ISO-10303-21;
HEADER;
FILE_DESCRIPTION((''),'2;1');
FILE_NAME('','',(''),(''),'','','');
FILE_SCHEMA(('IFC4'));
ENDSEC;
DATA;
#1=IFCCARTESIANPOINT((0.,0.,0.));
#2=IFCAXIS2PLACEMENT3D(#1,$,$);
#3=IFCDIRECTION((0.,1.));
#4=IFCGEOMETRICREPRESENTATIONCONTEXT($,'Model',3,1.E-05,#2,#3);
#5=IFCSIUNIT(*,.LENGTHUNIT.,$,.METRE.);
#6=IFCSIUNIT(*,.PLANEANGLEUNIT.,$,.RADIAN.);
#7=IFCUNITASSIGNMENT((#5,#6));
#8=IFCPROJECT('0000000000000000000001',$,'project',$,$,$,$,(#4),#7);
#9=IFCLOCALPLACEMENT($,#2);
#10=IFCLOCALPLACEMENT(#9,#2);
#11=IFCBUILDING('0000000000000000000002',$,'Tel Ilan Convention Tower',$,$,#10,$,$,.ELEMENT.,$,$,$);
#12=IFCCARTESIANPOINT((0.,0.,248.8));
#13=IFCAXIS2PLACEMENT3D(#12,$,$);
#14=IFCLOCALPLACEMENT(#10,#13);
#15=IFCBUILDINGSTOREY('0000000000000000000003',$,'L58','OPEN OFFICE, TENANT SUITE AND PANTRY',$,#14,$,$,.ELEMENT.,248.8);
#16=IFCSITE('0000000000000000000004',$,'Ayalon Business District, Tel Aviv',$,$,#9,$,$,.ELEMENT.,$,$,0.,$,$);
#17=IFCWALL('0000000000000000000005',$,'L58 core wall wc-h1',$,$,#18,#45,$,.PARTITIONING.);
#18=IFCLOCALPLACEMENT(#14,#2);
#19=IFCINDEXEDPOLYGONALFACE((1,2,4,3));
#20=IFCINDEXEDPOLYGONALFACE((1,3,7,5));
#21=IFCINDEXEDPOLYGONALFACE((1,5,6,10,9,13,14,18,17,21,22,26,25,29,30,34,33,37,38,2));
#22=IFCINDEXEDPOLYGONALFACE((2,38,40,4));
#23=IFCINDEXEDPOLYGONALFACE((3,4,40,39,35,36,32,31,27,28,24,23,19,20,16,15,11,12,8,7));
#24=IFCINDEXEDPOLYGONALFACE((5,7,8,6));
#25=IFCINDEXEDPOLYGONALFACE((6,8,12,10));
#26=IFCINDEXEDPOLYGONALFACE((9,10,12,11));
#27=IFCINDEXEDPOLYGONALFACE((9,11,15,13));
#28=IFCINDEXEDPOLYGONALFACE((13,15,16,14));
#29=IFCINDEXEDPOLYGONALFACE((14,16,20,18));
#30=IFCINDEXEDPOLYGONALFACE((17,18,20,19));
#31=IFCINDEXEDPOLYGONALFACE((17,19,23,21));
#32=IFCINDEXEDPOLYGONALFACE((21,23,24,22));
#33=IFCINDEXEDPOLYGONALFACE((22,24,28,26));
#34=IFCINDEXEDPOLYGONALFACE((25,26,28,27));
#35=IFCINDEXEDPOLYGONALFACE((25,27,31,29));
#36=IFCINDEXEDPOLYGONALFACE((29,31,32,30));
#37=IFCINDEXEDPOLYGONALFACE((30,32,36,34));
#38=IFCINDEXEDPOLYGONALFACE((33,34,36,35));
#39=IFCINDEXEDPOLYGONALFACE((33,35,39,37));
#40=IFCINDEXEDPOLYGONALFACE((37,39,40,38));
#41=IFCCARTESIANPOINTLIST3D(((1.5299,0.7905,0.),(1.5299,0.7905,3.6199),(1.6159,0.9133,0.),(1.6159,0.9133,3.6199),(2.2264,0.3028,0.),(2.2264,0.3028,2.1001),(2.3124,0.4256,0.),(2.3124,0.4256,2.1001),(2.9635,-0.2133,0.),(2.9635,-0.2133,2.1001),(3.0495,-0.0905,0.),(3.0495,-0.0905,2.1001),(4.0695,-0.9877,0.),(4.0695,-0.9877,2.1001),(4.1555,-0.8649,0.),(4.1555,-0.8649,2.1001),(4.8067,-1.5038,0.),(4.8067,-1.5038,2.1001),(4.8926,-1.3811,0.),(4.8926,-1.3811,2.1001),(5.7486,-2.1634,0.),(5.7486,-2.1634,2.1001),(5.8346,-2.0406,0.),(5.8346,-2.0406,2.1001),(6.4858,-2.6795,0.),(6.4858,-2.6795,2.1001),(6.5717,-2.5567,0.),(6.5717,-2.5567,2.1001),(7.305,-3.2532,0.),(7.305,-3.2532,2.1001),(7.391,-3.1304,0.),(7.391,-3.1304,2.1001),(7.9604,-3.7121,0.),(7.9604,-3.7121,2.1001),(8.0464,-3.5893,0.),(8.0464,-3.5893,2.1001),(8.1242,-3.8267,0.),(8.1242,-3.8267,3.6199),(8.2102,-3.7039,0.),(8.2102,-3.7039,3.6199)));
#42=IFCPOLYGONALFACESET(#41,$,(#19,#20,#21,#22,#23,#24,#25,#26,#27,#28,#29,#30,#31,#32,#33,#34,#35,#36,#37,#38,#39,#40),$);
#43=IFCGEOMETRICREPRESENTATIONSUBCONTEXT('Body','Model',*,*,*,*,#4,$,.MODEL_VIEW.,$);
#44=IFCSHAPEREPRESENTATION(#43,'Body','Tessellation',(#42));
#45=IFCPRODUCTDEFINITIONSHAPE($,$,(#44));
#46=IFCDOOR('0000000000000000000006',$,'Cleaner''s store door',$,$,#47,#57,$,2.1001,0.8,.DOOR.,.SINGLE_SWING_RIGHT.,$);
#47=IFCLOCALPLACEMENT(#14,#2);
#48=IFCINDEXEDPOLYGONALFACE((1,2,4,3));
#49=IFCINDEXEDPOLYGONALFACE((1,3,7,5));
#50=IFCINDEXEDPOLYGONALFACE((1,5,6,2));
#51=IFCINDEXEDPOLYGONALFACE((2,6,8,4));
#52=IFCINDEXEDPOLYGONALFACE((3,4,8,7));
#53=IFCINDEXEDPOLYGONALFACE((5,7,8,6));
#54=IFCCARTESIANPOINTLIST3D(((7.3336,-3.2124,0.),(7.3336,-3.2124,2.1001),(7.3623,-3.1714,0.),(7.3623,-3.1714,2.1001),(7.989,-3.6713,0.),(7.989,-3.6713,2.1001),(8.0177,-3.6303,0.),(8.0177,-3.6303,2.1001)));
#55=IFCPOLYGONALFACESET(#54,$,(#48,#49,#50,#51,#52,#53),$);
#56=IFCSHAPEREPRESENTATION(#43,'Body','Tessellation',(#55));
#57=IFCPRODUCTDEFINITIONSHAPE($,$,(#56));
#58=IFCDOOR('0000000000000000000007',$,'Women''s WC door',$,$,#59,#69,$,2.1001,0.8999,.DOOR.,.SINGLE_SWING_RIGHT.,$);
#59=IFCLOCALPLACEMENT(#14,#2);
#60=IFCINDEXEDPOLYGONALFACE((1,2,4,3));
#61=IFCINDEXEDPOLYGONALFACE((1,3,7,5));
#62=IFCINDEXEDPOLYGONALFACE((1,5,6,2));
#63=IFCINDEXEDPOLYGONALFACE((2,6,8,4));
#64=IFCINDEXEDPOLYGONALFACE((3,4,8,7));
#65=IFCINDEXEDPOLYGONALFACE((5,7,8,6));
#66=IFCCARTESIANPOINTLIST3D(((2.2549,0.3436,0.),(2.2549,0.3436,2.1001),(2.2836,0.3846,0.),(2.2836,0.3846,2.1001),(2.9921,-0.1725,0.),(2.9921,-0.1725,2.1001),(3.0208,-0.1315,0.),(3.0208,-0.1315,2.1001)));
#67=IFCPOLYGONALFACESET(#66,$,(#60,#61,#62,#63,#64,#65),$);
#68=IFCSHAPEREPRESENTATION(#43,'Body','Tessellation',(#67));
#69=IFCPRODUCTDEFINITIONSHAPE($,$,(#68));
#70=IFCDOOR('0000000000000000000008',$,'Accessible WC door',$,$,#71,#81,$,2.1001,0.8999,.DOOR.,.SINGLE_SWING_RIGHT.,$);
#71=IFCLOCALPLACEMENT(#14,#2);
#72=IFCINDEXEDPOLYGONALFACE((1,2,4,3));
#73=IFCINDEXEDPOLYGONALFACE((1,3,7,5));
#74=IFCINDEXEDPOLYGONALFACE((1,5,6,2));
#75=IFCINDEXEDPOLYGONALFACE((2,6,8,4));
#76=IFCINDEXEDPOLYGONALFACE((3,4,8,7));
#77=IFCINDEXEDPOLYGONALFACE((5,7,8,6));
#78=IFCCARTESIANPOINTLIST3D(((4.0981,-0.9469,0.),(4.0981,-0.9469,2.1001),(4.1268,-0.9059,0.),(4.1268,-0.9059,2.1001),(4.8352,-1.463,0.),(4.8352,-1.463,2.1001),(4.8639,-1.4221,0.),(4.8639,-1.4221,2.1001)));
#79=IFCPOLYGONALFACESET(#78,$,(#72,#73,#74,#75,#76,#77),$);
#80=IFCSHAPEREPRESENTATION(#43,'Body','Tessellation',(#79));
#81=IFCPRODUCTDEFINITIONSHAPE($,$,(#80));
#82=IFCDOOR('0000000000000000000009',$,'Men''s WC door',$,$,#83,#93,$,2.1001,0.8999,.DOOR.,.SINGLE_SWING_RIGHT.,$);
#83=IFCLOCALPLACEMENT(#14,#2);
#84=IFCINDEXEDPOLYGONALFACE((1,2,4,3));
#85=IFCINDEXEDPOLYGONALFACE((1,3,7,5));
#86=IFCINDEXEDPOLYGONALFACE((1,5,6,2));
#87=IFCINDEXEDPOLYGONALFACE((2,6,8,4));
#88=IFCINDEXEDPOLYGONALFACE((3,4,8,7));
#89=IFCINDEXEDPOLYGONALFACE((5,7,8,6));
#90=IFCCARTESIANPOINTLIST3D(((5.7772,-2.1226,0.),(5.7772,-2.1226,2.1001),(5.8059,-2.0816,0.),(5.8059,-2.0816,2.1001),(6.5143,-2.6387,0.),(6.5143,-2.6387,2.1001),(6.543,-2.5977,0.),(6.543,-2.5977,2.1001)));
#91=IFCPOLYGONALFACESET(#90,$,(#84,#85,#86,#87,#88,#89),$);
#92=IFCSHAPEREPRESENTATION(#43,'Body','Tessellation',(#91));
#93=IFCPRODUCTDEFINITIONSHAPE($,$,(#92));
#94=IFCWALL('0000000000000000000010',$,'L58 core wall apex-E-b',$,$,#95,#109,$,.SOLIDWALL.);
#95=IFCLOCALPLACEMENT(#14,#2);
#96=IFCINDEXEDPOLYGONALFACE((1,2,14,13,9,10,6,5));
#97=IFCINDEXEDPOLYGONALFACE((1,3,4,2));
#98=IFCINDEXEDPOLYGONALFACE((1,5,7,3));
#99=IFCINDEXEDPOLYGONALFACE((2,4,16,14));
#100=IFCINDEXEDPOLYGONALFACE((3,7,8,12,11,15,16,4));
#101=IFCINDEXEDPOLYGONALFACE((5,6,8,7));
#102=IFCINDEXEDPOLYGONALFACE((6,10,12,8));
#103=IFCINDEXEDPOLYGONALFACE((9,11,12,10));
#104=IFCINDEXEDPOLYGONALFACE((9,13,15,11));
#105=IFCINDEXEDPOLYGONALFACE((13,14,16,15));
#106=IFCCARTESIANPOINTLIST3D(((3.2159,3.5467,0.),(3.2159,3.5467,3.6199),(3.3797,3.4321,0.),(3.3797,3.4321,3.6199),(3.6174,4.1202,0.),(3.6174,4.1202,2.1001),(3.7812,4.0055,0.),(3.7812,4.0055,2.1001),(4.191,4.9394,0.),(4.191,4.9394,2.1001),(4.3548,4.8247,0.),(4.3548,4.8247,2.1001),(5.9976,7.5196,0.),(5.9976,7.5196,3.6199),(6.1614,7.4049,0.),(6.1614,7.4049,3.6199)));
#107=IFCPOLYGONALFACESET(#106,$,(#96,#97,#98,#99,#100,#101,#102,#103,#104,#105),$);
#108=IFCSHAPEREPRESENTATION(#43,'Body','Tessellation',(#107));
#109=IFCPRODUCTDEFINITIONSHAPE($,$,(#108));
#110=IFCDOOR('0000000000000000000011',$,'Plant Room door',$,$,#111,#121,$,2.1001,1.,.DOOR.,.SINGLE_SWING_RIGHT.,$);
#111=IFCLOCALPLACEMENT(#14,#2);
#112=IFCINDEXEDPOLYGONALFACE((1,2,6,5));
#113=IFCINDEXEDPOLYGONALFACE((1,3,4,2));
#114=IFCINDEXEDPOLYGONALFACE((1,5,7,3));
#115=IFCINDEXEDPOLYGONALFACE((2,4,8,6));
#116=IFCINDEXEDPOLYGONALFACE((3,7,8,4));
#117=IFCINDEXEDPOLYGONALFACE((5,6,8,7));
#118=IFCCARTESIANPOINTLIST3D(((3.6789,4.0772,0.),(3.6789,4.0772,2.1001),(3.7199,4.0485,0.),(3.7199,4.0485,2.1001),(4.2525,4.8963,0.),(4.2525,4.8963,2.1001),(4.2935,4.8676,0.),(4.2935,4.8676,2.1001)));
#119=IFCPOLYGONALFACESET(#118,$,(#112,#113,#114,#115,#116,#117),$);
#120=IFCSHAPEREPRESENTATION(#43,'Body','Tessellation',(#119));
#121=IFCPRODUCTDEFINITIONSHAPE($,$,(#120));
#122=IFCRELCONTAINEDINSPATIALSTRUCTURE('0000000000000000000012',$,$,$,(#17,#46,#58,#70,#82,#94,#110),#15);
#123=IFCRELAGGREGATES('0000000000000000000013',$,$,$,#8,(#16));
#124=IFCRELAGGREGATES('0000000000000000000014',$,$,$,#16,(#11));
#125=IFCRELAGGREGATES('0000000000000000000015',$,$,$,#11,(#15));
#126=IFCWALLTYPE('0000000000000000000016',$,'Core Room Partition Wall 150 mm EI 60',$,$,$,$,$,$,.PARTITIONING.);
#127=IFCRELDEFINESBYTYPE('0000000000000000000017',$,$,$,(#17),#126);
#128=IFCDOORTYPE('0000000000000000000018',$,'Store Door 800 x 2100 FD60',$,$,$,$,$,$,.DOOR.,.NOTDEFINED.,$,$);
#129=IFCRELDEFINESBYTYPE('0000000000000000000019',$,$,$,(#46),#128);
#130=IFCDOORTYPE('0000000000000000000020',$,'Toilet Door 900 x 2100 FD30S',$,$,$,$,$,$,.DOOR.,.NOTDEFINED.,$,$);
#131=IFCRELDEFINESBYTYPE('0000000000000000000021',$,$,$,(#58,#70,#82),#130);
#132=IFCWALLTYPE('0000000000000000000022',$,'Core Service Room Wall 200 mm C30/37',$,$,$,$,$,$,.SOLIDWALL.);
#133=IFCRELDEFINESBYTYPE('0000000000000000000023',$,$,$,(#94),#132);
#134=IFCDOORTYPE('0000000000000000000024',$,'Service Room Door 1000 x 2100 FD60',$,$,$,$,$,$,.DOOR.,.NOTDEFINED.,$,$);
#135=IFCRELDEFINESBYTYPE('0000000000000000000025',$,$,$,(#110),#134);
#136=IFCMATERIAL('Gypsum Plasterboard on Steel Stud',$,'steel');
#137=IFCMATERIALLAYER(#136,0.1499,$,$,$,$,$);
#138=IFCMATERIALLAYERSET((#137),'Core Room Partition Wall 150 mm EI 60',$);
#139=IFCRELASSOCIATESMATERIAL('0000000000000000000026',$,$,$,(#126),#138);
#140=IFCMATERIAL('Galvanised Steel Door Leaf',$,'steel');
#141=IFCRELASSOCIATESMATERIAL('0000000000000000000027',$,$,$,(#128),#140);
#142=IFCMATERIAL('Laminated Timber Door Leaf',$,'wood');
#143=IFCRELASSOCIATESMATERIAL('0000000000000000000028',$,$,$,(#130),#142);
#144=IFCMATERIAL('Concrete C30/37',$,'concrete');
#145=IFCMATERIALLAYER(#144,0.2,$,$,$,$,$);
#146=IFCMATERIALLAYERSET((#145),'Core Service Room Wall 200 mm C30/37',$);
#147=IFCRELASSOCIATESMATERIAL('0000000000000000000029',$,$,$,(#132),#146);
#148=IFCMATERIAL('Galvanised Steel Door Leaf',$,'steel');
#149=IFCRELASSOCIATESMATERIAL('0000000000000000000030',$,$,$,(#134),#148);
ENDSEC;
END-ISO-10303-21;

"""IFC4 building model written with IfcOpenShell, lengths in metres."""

from ifc_helpers import new_model, si_unit, direction, frame, frame_2d, origin, place, context, subcontext, project, spatial, rectangle, extrude, material, layer, layer_set, type_object, element, fill, save


model = new_model("IFC4")

# Units and contexts
model_context = context("Model", 3, precision=1e-05, world=origin(), true_north=direction((0.0, 1.0)))
body_context = subcontext(model_context, "Body", "Model", "MODEL_VIEW")
ifc_project = project(units=[si_unit("LENGTHUNIT", "METRE"), si_unit("PLANEANGLEUNIT", "RADIAN")], contexts=[model_context])

# Site, building, storey
site_placement = place(None, origin())
site = spatial("IfcSite", under=ifc_project, at=site_placement, Name="Ayalon Business District, Tel Aviv", CompositionType="ELEMENT", RefElevation=0.0)
building_placement = place(site_placement, origin())
building = spatial("IfcBuilding", under=site, at=building_placement, Name="Tel Ilan Convention Tower", CompositionType="ELEMENT")
storey_placement = place(building_placement, frame((0.0, 0.0, 248.8)))
storey = spatial("IfcBuildingStorey", under=building, at=storey_placement, Name="L58", Description="OPEN OFFICE, TENANT SUITE AND PANTRY", CompositionType="ELEMENT", Elevation=248.8)

# Wall, openings, doors
ifc_material_1 = material(Name="Gypsum Plasterboard on Steel Stud", Category="steel")
ifc_layer_1 = layer(ifc_material_1, 0.1499)
ifc_layer_set_1 = layer_set([ifc_layer_1], Name="Core Room Partition Wall 150 mm EI 60")
wall_type_1 = type_object("IfcWallType", Name="Core Room Partition Wall 150 mm EI 60", PredefinedType="PARTITIONING", material=ifc_layer_set_1)
wall_1_placement = place(storey_placement, frame((1.573, 0.8518, 0.0), z_axis=(0.0, 0.0, 1.0), x_axis=(0.819161, -0.573564, 0.0)))
wall_1 = element("IfcWall", 1, at=wall_1_placement, inside=storey, type_object=wall_type_1, Name="L58 core wall wc-h1", PredefinedType="PARTITIONING", context=body_context, shape_type="SweptSolid", body=[
    extrude(rectangle(XDim=8.05, YDim=0.1499, at=frame_2d((4.0249, 0.0))), origin(), (0.0, 0.0, 1.0), 3.6199),
])
opening_1_placement = place(wall_1_placement, frame((0.8501, 0.0, 0.0)))
opening_1 = element("IfcOpeningElement", 2, at=opening_1_placement, cuts=wall_1, PredefinedType="OPENING", context=body_context, shape_type="SweptSolid", body=[
    extrude(rectangle(XDim=0.8999, YDim=2.1001, at=frame_2d((0.45, 1.05))), frame((0.0, 0.085, 0.0), z_axis=(0.0, -1.0, 0.0), x_axis=(1.0, 0.0, 0.0)), (0.0, 0.0, 1.0), 0.1699),
])
opening_2_placement = place(wall_1_placement, frame((3.1001, 0.0, 0.0)))
opening_2 = element("IfcOpeningElement", 3, at=opening_2_placement, cuts=wall_1, PredefinedType="OPENING", context=body_context, shape_type="SweptSolid", body=[
    extrude(rectangle(XDim=0.8999, YDim=2.1001, at=frame_2d((0.45, 1.05))), frame((0.0, 0.085, 0.0), z_axis=(0.0, -1.0, 0.0), x_axis=(1.0, 0.0, 0.0)), (0.0, 0.0, 1.0), 0.1699),
])
opening_3_placement = place(wall_1_placement, frame((5.1499, 0.0, 0.0)))
opening_3 = element("IfcOpeningElement", 4, at=opening_3_placement, cuts=wall_1, PredefinedType="OPENING", context=body_context, shape_type="SweptSolid", body=[
    extrude(rectangle(XDim=0.8999, YDim=2.1001, at=frame_2d((0.45, 1.05))), frame((0.0, 0.085, 0.0), z_axis=(0.0, -1.0, 0.0), x_axis=(1.0, 0.0, 0.0)), (0.0, 0.0, 1.0), 0.1699),
])
opening_4_placement = place(wall_1_placement, frame((7.05, 0.0, 0.0)))
opening_4 = element("IfcOpeningElement", 5, at=opening_4_placement, cuts=wall_1, PredefinedType="OPENING", context=body_context, shape_type="SweptSolid", body=[
    extrude(rectangle(XDim=0.8, YDim=2.1001, at=frame_2d((0.3999, 1.05))), frame((0.0, 0.085, 0.0), z_axis=(0.0, -1.0, 0.0), x_axis=(1.0, 0.0, 0.0)), (0.0, 0.0, 1.0), 0.1699),
])
ifc_material_2 = material(Name="Galvanised Steel Door Leaf", Category="steel")
door_type_1 = type_object("IfcDoorType", Name="Store Door 800 x 2100 FD60", OperationType="NOTDEFINED", PredefinedType="DOOR", material=ifc_material_2)
door_1_placement = place(opening_4_placement, origin())
door_1 = element("IfcDoor", 6, at=door_1_placement, inside=storey, type_object=door_type_1, Name="Cleaner's store door", OperationType="SINGLE_SWING_RIGHT", OverallHeight=2.1001, OverallWidth=0.8, PredefinedType="DOOR", context=body_context, shape_type="SweptSolid", body=[
    extrude(rectangle(XDim=0.8, YDim=2.1001, at=frame_2d((0.3999, 1.05))), frame((0.0, 0.0249, 0.0), z_axis=(0.0, -1.0, 0.0), x_axis=(1.0, 0.0, 0.0)), (0.0, 0.0, 1.0), 0.05),
])
fill(opening_4, door_1)
ifc_material_3 = material(Name="Laminated Timber Door Leaf", Category="wood")
door_type_2 = type_object("IfcDoorType", Name="Toilet Door 900 x 2100 FD30S", OperationType="NOTDEFINED", PredefinedType="DOOR", material=ifc_material_3)
door_2_placement = place(opening_1_placement, origin())
door_2 = element("IfcDoor", 7, at=door_2_placement, inside=storey, type_object=door_type_2, Name="Women's WC door", OperationType="SINGLE_SWING_RIGHT", OverallHeight=2.1001, OverallWidth=0.8999, PredefinedType="DOOR", context=body_context, shape_type="SweptSolid", body=[
    extrude(rectangle(XDim=0.8999, YDim=2.1001, at=frame_2d((0.45, 1.05))), frame((0.0, 0.0249, 0.0), z_axis=(0.0, -1.0, 0.0), x_axis=(1.0, 0.0, 0.0)), (0.0, 0.0, 1.0), 0.05),
])
fill(opening_1, door_2)
door_3_placement = place(opening_2_placement, origin())
door_3 = element("IfcDoor", 8, at=door_3_placement, inside=storey, type_object=door_type_2, Name="Accessible WC door", OperationType="SINGLE_SWING_RIGHT", OverallHeight=2.1001, OverallWidth=0.8999, PredefinedType="DOOR", context=body_context, shape_type="SweptSolid", body=[
    extrude(rectangle(XDim=0.8999, YDim=2.1001, at=frame_2d((0.45, 1.05))), frame((0.0, 0.0249, 0.0), z_axis=(0.0, -1.0, 0.0), x_axis=(1.0, 0.0, 0.0)), (0.0, 0.0, 1.0), 0.05),
])
fill(opening_2, door_3)
door_4_placement = place(opening_3_placement, origin())
door_4 = element("IfcDoor", 9, at=door_4_placement, inside=storey, type_object=door_type_2, Name="Men's WC door", OperationType="SINGLE_SWING_RIGHT", OverallHeight=2.1001, OverallWidth=0.8999, PredefinedType="DOOR", context=body_context, shape_type="SweptSolid", body=[
    extrude(rectangle(XDim=0.8999, YDim=2.1001, at=frame_2d((0.45, 1.05))), frame((0.0, 0.0249, 0.0), z_axis=(0.0, -1.0, 0.0), x_axis=(1.0, 0.0, 0.0)), (0.0, 0.0, 1.0), 0.05),
])
fill(opening_3, door_4)

# Wall, opening, door
ifc_material_4 = material(Name="Concrete C30/37", Category="concrete")
ifc_layer_2 = layer(ifc_material_4, 0.2)
ifc_layer_set_2 = layer_set([ifc_layer_2], Name="Core Service Room Wall 200 mm C30/37")
wall_type_2 = type_object("IfcWallType", Name="Core Service Room Wall 200 mm C30/37", PredefinedType="SOLIDWALL", material=ifc_layer_set_2)
wall_2_placement = place(storey_placement, frame((3.2979, 3.4895, 0.0), z_axis=(0.0, 0.0, 1.0), x_axis=(0.57356, 0.819163, 0.0)))
wall_2 = element("IfcWall", 10, at=wall_2_placement, inside=storey, type_object=wall_type_2, Name="L58 core wall apex-E-b", PredefinedType="SOLIDWALL", context=body_context, shape_type="SweptSolid", body=[
    extrude(rectangle(XDim=4.8499, YDim=0.2, at=frame_2d((2.4248, 0.0))), origin(), (0.0, 0.0, 1.0), 3.6199),
])
opening_5_placement = place(wall_2_placement, frame((0.7, 0.0, 0.0)))
opening_5 = element("IfcOpeningElement", 11, at=opening_5_placement, cuts=wall_2, PredefinedType="OPENING", context=body_context, shape_type="SweptSolid", body=[
    extrude(rectangle(XDim=1.0, YDim=2.1001, at=frame_2d((0.5, 1.05))), frame((0.0, 0.1099, 0.0), z_axis=(0.0, -1.0, 0.0), x_axis=(1.0, 0.0, 0.0)), (0.0, 0.0, 1.0), 0.22),
])
ifc_material_5 = material(Name="Galvanised Steel Door Leaf", Category="steel")
door_type_3 = type_object("IfcDoorType", Name="Service Room Door 1000 x 2100 FD60", OperationType="NOTDEFINED", PredefinedType="DOOR", material=ifc_material_5)
door_5_placement = place(opening_5_placement, origin())
door_5 = element("IfcDoor", 12, at=door_5_placement, inside=storey, type_object=door_type_3, Name="Plant Room door", OperationType="SINGLE_SWING_RIGHT", OverallHeight=2.1001, OverallWidth=1.0, PredefinedType="DOOR", context=body_context, shape_type="SweptSolid", body=[
    extrude(rectangle(XDim=1.0, YDim=2.1001, at=frame_2d((0.5, 1.05))), frame((0.0, 0.0249, 0.0), z_axis=(0.0, -1.0, 0.0), x_axis=(1.0, 0.0, 0.0)), (0.0, 0.0, 1.0), 0.05),
])
fill(opening_5, door_5)

save(model, "model.ifc")
